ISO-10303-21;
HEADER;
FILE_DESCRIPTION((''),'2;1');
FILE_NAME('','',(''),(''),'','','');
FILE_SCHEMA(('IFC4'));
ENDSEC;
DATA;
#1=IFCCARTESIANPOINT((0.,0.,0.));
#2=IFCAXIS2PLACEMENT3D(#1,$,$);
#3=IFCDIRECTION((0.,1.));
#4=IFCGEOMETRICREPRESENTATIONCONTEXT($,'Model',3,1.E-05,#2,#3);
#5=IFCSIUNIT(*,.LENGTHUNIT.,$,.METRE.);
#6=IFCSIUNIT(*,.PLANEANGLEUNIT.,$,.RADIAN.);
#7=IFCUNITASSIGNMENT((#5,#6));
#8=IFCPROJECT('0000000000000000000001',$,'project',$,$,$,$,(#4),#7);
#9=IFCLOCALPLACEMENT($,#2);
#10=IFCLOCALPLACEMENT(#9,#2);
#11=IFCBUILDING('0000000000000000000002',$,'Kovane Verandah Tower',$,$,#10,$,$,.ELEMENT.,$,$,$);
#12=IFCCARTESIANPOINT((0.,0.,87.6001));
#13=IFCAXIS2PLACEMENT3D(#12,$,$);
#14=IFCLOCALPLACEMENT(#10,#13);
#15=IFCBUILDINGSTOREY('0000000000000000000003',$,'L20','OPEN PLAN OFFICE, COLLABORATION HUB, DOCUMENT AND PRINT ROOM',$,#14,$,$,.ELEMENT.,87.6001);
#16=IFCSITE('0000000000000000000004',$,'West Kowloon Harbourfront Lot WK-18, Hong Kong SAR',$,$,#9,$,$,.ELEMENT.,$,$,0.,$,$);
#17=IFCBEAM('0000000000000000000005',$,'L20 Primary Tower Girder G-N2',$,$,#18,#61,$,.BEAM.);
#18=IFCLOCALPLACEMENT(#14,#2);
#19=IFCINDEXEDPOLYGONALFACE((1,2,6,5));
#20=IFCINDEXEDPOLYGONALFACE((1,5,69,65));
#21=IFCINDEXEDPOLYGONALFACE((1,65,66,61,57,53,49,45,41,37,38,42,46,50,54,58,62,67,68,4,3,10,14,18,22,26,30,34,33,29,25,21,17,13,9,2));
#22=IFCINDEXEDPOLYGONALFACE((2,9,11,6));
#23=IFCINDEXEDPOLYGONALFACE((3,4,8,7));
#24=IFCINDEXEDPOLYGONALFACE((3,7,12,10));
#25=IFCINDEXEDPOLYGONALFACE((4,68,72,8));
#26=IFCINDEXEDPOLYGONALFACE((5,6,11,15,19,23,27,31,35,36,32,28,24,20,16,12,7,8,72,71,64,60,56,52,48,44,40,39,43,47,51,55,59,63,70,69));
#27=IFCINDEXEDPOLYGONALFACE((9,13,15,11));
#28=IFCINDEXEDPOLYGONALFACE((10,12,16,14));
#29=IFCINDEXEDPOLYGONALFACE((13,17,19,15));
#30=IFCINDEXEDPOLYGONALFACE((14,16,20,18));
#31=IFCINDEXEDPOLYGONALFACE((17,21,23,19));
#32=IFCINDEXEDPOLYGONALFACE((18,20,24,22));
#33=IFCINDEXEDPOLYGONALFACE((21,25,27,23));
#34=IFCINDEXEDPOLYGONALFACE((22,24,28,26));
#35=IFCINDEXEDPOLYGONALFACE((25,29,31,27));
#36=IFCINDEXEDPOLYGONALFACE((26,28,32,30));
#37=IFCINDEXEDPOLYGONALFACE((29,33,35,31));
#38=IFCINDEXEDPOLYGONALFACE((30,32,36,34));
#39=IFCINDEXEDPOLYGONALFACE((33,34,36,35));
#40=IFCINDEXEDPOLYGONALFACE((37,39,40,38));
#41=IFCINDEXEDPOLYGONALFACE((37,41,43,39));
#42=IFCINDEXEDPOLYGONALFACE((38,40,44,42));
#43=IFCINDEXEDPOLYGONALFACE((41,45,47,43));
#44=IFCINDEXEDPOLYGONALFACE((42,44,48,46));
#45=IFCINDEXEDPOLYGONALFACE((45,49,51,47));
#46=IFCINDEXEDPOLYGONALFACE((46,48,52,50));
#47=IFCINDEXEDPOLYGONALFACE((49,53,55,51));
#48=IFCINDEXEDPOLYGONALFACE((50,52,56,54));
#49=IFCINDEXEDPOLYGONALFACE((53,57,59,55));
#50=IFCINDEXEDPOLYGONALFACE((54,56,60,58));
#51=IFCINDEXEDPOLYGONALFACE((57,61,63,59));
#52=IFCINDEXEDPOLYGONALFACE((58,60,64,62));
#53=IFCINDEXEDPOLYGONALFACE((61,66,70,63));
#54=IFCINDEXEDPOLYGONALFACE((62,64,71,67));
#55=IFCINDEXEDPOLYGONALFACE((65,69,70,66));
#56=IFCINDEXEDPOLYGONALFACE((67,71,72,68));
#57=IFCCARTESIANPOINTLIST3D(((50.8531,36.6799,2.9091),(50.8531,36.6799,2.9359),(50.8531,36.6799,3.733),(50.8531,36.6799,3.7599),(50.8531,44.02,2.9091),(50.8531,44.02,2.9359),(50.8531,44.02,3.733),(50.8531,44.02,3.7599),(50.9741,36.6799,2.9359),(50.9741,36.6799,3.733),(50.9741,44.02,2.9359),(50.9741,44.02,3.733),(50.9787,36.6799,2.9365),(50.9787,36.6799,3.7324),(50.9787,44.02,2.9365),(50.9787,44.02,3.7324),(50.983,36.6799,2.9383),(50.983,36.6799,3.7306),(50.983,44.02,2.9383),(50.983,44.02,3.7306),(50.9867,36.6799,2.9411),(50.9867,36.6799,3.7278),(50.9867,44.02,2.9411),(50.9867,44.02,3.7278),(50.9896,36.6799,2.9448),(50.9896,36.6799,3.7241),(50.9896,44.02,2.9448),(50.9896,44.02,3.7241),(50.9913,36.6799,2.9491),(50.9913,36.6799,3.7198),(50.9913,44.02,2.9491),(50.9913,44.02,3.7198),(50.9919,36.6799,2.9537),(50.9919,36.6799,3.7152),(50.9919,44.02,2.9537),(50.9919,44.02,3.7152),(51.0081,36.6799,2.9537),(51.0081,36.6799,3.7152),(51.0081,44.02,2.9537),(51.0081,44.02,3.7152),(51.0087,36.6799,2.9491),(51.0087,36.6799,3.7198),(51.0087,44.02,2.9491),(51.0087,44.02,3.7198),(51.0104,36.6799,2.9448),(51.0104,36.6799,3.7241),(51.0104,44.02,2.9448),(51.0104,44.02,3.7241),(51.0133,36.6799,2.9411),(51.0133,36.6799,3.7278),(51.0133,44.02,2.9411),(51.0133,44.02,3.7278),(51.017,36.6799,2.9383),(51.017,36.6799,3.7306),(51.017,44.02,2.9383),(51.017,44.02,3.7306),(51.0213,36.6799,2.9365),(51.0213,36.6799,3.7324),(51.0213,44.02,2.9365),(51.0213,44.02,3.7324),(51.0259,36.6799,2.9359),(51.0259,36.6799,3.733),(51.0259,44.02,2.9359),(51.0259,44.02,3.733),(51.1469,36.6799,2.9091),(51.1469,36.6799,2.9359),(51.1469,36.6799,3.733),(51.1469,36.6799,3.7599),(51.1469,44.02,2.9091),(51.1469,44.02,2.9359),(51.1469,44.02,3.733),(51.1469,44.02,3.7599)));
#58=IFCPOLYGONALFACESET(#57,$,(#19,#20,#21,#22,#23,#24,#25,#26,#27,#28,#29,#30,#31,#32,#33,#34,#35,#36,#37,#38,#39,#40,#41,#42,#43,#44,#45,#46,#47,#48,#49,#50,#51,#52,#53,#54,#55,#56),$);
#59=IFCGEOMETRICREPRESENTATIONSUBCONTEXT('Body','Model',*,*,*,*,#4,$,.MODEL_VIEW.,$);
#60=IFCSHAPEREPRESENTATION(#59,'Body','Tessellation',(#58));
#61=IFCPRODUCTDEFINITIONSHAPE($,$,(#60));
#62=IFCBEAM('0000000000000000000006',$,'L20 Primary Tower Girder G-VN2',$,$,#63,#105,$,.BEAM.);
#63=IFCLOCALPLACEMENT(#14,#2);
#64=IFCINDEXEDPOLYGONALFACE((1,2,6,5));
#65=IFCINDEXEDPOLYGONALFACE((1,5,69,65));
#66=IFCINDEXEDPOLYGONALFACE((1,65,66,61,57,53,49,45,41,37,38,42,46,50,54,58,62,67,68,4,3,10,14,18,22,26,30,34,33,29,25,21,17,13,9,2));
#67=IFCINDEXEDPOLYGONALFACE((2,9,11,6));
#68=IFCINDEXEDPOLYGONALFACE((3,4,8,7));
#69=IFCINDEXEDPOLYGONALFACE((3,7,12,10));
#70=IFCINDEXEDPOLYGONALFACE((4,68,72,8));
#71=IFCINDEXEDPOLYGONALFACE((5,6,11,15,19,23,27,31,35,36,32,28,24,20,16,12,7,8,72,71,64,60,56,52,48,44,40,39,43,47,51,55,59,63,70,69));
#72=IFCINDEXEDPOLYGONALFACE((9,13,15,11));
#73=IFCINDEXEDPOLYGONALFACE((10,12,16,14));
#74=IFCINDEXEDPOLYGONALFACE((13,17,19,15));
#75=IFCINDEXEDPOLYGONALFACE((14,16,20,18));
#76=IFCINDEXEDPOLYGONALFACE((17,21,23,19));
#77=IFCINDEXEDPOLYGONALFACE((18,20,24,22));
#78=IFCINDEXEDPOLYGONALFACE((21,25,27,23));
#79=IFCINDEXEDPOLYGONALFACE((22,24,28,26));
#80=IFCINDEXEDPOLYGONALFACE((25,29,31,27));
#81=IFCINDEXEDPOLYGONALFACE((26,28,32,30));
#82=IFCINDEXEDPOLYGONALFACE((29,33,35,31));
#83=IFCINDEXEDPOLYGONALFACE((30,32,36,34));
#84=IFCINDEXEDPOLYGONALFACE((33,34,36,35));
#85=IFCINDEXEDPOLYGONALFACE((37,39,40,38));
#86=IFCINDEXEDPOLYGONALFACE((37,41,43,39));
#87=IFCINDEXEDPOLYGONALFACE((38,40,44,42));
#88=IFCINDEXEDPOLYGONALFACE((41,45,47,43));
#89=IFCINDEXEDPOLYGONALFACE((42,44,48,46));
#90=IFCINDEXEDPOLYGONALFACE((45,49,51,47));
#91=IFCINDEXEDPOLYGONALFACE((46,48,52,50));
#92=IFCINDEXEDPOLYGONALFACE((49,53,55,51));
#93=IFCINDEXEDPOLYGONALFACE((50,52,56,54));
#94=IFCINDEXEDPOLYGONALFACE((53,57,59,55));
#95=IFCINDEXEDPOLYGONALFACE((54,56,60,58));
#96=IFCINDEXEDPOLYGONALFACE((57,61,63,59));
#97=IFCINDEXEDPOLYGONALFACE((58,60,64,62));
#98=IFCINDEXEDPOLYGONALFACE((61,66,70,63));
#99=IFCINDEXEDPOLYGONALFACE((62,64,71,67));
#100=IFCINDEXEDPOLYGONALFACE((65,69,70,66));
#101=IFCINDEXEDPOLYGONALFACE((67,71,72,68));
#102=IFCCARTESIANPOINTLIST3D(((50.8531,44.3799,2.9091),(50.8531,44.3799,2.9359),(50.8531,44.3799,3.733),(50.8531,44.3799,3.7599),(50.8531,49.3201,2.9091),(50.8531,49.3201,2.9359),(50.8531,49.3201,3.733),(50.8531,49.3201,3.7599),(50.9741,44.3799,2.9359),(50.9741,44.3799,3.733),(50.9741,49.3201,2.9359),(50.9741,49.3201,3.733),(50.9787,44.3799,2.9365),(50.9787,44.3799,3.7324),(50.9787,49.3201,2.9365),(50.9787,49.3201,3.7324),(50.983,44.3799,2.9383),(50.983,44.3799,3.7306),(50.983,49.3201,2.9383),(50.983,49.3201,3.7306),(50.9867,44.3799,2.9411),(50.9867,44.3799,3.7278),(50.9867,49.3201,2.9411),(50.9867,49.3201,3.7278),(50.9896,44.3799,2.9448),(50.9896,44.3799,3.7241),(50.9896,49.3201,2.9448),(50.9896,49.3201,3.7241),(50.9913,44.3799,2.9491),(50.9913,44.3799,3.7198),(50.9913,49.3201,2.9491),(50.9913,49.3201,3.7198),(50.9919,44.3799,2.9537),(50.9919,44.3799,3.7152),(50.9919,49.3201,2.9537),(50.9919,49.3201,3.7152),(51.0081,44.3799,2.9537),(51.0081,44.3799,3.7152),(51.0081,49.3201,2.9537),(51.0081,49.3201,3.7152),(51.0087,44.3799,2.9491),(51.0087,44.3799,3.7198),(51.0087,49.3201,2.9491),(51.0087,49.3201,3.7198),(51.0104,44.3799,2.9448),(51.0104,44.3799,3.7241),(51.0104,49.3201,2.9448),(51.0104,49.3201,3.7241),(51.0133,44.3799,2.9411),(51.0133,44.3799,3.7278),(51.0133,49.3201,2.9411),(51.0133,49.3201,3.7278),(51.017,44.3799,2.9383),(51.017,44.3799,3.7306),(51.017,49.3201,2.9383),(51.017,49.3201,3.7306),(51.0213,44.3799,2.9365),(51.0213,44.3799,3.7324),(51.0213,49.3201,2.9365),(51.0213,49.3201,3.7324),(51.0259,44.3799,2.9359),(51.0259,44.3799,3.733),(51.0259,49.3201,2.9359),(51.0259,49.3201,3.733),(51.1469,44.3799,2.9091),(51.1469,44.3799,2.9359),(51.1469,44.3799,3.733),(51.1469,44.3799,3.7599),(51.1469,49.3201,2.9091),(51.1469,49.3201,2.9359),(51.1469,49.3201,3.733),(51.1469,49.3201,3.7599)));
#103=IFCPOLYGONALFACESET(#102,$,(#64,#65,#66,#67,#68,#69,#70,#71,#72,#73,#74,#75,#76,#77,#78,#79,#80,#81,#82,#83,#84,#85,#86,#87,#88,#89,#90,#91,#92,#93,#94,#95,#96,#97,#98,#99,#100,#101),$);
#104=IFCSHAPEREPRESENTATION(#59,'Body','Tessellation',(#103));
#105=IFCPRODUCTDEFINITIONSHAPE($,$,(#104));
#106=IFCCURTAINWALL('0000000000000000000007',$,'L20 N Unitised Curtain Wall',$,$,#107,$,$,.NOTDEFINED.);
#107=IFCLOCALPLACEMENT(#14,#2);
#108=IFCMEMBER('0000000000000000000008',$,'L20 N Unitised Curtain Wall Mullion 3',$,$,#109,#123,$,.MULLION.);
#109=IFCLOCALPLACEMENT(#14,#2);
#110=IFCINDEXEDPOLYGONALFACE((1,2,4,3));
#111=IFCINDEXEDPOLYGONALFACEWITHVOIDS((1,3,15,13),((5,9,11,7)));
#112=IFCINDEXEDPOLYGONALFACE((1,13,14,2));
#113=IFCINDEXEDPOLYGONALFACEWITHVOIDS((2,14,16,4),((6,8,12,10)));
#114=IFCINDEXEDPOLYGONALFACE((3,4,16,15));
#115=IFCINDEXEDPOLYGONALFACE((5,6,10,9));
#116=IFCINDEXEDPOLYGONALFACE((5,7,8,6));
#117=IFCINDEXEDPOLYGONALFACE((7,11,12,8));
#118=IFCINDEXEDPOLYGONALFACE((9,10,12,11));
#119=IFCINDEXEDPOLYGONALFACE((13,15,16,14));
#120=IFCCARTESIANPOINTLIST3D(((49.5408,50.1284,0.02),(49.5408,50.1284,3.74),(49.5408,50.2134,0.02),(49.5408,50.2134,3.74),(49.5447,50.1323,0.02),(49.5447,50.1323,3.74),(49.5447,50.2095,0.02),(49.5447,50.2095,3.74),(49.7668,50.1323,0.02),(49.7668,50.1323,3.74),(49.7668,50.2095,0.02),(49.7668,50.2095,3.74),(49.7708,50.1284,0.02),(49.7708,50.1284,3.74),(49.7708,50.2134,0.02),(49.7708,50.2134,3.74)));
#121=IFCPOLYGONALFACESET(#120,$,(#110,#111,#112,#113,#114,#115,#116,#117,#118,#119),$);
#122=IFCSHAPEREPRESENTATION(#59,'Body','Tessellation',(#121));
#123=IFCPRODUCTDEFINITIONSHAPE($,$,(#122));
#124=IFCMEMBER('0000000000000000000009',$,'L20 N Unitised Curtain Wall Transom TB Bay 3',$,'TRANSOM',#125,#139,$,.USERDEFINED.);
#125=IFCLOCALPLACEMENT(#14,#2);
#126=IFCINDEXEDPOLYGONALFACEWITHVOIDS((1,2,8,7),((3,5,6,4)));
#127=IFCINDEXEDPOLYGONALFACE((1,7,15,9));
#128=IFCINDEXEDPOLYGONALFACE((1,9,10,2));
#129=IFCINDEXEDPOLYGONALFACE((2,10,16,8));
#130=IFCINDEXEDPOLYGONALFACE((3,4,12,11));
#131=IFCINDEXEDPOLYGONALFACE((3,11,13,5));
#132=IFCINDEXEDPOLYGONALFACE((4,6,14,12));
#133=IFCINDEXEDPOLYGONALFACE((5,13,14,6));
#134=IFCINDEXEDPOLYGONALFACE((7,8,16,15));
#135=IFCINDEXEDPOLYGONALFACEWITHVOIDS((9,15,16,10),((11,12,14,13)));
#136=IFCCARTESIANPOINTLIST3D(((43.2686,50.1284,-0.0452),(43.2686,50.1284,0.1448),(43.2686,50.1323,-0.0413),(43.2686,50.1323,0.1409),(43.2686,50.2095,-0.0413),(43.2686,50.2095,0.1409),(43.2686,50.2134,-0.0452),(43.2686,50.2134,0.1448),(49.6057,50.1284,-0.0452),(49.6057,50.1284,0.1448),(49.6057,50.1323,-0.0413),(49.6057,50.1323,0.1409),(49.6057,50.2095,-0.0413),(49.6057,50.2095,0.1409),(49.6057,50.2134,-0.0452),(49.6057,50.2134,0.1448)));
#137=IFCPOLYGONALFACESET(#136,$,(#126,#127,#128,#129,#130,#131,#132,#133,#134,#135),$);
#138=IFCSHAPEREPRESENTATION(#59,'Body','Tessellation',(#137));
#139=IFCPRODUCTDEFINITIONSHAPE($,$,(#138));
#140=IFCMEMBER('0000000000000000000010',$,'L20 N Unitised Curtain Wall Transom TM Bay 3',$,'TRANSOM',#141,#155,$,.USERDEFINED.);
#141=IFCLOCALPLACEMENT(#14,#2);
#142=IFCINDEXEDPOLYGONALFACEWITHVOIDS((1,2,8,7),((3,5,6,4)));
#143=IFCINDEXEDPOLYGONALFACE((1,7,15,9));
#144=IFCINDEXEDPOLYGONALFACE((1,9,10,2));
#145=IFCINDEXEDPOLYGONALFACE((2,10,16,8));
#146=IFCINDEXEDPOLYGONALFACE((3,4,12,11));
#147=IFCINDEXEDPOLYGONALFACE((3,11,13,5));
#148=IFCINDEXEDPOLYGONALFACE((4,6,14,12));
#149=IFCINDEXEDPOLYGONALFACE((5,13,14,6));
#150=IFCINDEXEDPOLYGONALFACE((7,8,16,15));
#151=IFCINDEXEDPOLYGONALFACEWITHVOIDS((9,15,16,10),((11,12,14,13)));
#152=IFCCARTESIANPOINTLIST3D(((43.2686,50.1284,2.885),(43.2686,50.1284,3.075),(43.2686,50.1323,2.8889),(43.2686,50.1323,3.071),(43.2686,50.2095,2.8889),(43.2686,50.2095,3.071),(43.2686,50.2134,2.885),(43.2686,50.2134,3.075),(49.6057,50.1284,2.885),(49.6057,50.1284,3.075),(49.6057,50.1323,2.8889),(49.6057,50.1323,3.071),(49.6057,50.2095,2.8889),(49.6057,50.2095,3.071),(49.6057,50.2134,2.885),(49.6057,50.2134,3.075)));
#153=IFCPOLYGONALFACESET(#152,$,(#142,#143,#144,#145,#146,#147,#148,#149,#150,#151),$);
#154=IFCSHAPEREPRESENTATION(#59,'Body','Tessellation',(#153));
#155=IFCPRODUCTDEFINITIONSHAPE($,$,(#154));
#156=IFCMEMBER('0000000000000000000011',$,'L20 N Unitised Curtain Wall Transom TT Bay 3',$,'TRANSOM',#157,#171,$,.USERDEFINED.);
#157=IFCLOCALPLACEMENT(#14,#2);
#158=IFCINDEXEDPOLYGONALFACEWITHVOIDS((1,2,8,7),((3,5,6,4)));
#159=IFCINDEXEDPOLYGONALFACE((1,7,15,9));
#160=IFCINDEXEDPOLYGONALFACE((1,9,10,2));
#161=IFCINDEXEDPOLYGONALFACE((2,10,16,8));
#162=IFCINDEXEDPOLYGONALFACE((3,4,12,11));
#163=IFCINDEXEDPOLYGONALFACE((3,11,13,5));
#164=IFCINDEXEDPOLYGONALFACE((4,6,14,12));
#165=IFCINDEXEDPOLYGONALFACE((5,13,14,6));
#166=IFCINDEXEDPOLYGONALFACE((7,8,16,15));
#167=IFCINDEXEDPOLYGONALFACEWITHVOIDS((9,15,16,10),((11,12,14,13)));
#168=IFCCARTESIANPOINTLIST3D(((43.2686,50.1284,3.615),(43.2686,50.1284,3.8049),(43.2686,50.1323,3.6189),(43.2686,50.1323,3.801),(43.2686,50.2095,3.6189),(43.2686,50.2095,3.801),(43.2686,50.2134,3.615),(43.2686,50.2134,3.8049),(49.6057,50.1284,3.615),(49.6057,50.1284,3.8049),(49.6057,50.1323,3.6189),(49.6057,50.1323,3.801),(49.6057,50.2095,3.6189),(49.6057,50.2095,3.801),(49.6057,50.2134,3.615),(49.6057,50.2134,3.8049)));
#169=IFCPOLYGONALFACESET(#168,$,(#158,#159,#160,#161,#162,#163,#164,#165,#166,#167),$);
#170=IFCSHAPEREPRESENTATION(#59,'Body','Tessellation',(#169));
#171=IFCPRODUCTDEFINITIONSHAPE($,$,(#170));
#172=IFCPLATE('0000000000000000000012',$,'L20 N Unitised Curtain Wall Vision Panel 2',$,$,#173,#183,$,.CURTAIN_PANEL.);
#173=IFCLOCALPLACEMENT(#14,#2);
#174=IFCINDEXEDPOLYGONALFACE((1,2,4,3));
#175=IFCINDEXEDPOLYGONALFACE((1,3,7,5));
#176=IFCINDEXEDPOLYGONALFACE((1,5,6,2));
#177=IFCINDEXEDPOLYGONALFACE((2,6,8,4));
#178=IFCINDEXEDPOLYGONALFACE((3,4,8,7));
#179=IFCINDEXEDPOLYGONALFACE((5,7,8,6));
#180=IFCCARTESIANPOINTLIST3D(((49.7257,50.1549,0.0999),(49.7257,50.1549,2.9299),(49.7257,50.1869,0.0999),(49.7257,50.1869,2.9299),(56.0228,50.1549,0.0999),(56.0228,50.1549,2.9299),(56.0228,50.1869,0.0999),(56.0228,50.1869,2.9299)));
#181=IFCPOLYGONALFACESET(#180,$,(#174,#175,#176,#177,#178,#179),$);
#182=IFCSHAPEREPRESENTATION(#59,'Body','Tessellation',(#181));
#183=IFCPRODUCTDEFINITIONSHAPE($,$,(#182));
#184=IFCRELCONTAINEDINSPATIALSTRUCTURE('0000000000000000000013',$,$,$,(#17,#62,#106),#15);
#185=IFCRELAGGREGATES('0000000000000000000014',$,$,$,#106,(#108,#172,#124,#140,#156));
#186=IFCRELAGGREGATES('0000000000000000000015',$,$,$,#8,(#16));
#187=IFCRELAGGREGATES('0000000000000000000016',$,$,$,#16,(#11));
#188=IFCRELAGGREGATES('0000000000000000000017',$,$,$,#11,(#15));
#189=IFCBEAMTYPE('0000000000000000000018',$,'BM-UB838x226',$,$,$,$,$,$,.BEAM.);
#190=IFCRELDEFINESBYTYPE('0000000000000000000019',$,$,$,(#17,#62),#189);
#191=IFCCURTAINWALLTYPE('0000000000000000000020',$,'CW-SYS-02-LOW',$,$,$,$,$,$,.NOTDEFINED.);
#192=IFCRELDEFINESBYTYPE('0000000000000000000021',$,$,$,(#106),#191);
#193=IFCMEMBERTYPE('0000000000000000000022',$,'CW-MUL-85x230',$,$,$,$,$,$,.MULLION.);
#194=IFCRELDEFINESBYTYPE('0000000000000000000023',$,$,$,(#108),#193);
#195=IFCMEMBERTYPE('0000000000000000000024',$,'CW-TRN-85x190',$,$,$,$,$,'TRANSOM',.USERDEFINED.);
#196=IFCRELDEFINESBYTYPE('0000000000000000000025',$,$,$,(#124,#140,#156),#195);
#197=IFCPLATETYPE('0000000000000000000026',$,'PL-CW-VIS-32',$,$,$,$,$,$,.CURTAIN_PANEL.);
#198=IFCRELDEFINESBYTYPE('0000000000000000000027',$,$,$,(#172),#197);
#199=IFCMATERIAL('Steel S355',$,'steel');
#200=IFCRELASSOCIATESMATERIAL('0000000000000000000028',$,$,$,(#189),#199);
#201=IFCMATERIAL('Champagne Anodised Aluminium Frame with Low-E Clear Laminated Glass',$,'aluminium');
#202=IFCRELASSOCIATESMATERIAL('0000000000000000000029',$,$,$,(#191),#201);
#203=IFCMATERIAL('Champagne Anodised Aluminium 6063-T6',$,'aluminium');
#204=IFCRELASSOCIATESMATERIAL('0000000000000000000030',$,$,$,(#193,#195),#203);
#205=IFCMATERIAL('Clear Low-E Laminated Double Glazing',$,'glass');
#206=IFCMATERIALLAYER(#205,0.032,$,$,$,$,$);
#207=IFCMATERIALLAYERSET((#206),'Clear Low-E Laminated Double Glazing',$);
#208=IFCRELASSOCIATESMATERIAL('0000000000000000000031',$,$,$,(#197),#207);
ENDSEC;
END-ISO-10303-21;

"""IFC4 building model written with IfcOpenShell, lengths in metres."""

from ifc_helpers import new_model, si_unit, direction, frame, origin, origin_2d, place, context, subcontext, project, spatial, rectangle, hollow_rectangle, i_section, extrude, material, layer, layer_set, material_profile, profile_set, type_object, element, aggregate, save


model = new_model("IFC4")

# Units and contexts
model_context = context("Model", 3, precision=1e-05, world=origin(), true_north=direction((0.0, 1.0)))
body_context = subcontext(model_context, "Body", "Model", "MODEL_VIEW")
ifc_project = project(units=[si_unit("LENGTHUNIT", "METRE"), si_unit("PLANEANGLEUNIT", "RADIAN")], contexts=[model_context])

# Site, building, storey
site_placement = place(None, origin())
site = spatial("IfcSite", under=ifc_project, at=site_placement, Name="West Kowloon Harbourfront Lot WK-18, Hong Kong SAR", CompositionType="ELEMENT", RefElevation=0.0)
building_placement = place(site_placement, origin())
building = spatial("IfcBuilding", under=site, at=building_placement, Name="Kovane Verandah Tower", CompositionType="ELEMENT")
storey_placement = place(building_placement, frame((0.0, 0.0, 87.6001)))
storey = spatial("IfcBuildingStorey", under=building, at=storey_placement, Name="L20", Description="OPEN PLAN OFFICE, COLLABORATION HUB, DOCUMENT AND PRINT ROOM", CompositionType="ELEMENT", Elevation=87.6001)

# Beams
ifc_material_1 = material(Name="Steel S355", Category="steel")
ifc_material_profile_1 = material_profile(ifc_material_1, i_section(OverallWidth=0.2937, OverallDepth=0.8508, WebThickness=0.0161, FlangeThickness=0.0269, FilletRadius=0.0178, at=origin_2d()), Name="UB838x292x226")
ifc_profile_set_1 = profile_set([ifc_material_profile_1], Name="Steel S355")
beam_type = type_object("IfcBeamType", Name="BM-UB838x226", PredefinedType="BEAM", material=ifc_profile_set_1)
beam_1_placement = place(storey_placement, frame((51.0, 36.6799, 3.3345), z_axis=(0.0, 1.0, 0.0), x_axis=(-1.0, 0.0, 0.0)))
element("IfcBeam", 1, at=beam_1_placement, inside=storey, type_object=beam_type, Name="L20 Primary Tower Girder G-N2", PredefinedType="BEAM", context=body_context, shape_type="SweptSolid", body=[
    extrude(i_section(OverallWidth=0.2937, OverallDepth=0.8508, WebThickness=0.0161, FlangeThickness=0.0269, FilletRadius=0.0178, at=origin_2d()), origin(), (0.0, 0.0, 1.0), 7.3401),
])
beam_2_placement = place(storey_placement, frame((51.0, 44.3799, 3.3345), z_axis=(0.0, 1.0, 0.0), x_axis=(-1.0, 0.0, 0.0)))
element("IfcBeam", 2, at=beam_2_placement, inside=storey, type_object=beam_type, Name="L20 Primary Tower Girder G-VN2", PredefinedType="BEAM", context=body_context, shape_type="SweptSolid", body=[
    extrude(i_section(OverallWidth=0.2937, OverallDepth=0.8508, WebThickness=0.0161, FlangeThickness=0.0269, FilletRadius=0.0178, at=origin_2d()), origin(), (0.0, 0.0, 1.0), 4.9402),
])

# Curtain wall, members, plate
ifc_material_2 = material(Name="Champagne Anodised Aluminium Frame with Low-E Clear Laminated Glass", Category="aluminium")
curtain_wall_type = type_object("IfcCurtainWallType", Name="CW-SYS-02-LOW", PredefinedType="NOTDEFINED", material=ifc_material_2)
curtain_wall_placement = place(storey_placement, origin())
curtain_wall = element("IfcCurtainWall", 3, at=curtain_wall_placement, inside=storey, type_object=curtain_wall_type, Name="L20 N Unitised Curtain Wall", PredefinedType="NOTDEFINED")
ifc_material_3 = material(Name="Champagne Anodised Aluminium 6063-T6", Category="aluminium")
ifc_material_profile_2 = material_profile(ifc_material_3, hollow_rectangle(XDim=0.085, YDim=0.23, WallThickness=0.0039, at=origin_2d()), Name="AL85x230x4")
ifc_profile_set_2 = profile_set([ifc_material_profile_2], Name="Champagne Anodised Aluminium 6063-T6")
member_type_1 = type_object("IfcMemberType", Name="CW-MUL-85x230", PredefinedType="MULLION", material=ifc_profile_set_2)
member_1_placement = place(storey_placement, frame((49.6558, 50.1709, 0.02), z_axis=(0.0, 0.0, 1.0), x_axis=(0.0, 1.0, 0.0)))
member_1 = element("IfcMember", 4, at=member_1_placement, type_object=member_type_1, Name="L20 N Unitised Curtain Wall Mullion 3", PredefinedType="MULLION", context=body_context, shape_type="SweptSolid", body=[
    extrude(hollow_rectangle(XDim=0.085, YDim=0.23, WallThickness=0.0039, at=origin_2d()), origin(), (0.0, 0.0, 1.0), 3.72),
])
ifc_material_profile_3 = material_profile(ifc_material_3, hollow_rectangle(XDim=0.085, YDim=0.1899, WallThickness=0.0039, at=origin_2d()), Name="AL85x190x4")
ifc_profile_set_3 = profile_set([ifc_material_profile_3], Name="Champagne Anodised Aluminium 6063-T6")
member_type_2 = type_object("IfcMemberType", Name="CW-TRN-85x190", ElementType="TRANSOM", PredefinedType="USERDEFINED", material=ifc_profile_set_3)
member_2_placement = place(storey_placement, frame((49.6057, 50.1709, 0.0498), z_axis=(-1.0, 0.0, 0.0), x_axis=(0.0, -1.0, 0.0)))
member_2 = element("IfcMember", 5, at=member_2_placement, type_object=member_type_2, Name="L20 N Unitised Curtain Wall Transom TB Bay 3", ObjectType="TRANSOM", PredefinedType="USERDEFINED", context=body_context, shape_type="SweptSolid", body=[
    extrude(hollow_rectangle(XDim=0.085, YDim=0.1899, WallThickness=0.0039, at=origin_2d()), origin(), (0.0, 0.0, 1.0), 6.3372),
])
member_3_placement = place(storey_placement, frame((49.6057, 50.1709, 2.98), z_axis=(-1.0, 0.0, 0.0), x_axis=(0.0, -1.0, 0.0)))
member_3 = element("IfcMember", 6, at=member_3_placement, type_object=member_type_2, Name="L20 N Unitised Curtain Wall Transom TM Bay 3", ObjectType="TRANSOM", PredefinedType="USERDEFINED", context=body_context, shape_type="SweptSolid", body=[
    extrude(hollow_rectangle(XDim=0.085, YDim=0.1899, WallThickness=0.0039, at=origin_2d()), origin(), (0.0, 0.0, 1.0), 6.3372),
])
member_4_placement = place(storey_placement, frame((49.6057, 50.1709, 3.71), z_axis=(-1.0, 0.0, 0.0), x_axis=(0.0, -1.0, 0.0)))
member_4 = element("IfcMember", 7, at=member_4_placement, type_object=member_type_2, Name="L20 N Unitised Curtain Wall Transom TT Bay 3", ObjectType="TRANSOM", PredefinedType="USERDEFINED", context=body_context, shape_type="SweptSolid", body=[
    extrude(hollow_rectangle(XDim=0.085, YDim=0.1899, WallThickness=0.0039, at=origin_2d()), origin(), (0.0, 0.0, 1.0), 6.3372),
])
ifc_material_4 = material(Name="Clear Low-E Laminated Double Glazing", Category="glass")
ifc_layer_1 = layer(ifc_material_4, 0.032)
ifc_layer_set_1 = layer_set([ifc_layer_1], Name="Clear Low-E Laminated Double Glazing")
plate_type = type_object("IfcPlateType", Name="PL-CW-VIS-32", PredefinedType="CURTAIN_PANEL", material=ifc_layer_set_1)
plate_placement = place(storey_placement, frame((52.8743, 50.1709, 0.0999), z_axis=(0.0, 0.0, 1.0), x_axis=(-1.0, 0.0, 0.0)))
plate = element("IfcPlate", 8, at=plate_placement, type_object=plate_type, Name="L20 N Unitised Curtain Wall Vision Panel 2", PredefinedType="CURTAIN_PANEL", context=body_context, shape_type="SweptSolid", body=[
    extrude(rectangle(XDim=6.2971, YDim=0.032, at=origin_2d()), origin(), (0.0, 0.0, 1.0), 2.8301),
])
aggregate(curtain_wall, [member_1, plate, member_2, member_3, member_4])

save(model, "model.ifc")
